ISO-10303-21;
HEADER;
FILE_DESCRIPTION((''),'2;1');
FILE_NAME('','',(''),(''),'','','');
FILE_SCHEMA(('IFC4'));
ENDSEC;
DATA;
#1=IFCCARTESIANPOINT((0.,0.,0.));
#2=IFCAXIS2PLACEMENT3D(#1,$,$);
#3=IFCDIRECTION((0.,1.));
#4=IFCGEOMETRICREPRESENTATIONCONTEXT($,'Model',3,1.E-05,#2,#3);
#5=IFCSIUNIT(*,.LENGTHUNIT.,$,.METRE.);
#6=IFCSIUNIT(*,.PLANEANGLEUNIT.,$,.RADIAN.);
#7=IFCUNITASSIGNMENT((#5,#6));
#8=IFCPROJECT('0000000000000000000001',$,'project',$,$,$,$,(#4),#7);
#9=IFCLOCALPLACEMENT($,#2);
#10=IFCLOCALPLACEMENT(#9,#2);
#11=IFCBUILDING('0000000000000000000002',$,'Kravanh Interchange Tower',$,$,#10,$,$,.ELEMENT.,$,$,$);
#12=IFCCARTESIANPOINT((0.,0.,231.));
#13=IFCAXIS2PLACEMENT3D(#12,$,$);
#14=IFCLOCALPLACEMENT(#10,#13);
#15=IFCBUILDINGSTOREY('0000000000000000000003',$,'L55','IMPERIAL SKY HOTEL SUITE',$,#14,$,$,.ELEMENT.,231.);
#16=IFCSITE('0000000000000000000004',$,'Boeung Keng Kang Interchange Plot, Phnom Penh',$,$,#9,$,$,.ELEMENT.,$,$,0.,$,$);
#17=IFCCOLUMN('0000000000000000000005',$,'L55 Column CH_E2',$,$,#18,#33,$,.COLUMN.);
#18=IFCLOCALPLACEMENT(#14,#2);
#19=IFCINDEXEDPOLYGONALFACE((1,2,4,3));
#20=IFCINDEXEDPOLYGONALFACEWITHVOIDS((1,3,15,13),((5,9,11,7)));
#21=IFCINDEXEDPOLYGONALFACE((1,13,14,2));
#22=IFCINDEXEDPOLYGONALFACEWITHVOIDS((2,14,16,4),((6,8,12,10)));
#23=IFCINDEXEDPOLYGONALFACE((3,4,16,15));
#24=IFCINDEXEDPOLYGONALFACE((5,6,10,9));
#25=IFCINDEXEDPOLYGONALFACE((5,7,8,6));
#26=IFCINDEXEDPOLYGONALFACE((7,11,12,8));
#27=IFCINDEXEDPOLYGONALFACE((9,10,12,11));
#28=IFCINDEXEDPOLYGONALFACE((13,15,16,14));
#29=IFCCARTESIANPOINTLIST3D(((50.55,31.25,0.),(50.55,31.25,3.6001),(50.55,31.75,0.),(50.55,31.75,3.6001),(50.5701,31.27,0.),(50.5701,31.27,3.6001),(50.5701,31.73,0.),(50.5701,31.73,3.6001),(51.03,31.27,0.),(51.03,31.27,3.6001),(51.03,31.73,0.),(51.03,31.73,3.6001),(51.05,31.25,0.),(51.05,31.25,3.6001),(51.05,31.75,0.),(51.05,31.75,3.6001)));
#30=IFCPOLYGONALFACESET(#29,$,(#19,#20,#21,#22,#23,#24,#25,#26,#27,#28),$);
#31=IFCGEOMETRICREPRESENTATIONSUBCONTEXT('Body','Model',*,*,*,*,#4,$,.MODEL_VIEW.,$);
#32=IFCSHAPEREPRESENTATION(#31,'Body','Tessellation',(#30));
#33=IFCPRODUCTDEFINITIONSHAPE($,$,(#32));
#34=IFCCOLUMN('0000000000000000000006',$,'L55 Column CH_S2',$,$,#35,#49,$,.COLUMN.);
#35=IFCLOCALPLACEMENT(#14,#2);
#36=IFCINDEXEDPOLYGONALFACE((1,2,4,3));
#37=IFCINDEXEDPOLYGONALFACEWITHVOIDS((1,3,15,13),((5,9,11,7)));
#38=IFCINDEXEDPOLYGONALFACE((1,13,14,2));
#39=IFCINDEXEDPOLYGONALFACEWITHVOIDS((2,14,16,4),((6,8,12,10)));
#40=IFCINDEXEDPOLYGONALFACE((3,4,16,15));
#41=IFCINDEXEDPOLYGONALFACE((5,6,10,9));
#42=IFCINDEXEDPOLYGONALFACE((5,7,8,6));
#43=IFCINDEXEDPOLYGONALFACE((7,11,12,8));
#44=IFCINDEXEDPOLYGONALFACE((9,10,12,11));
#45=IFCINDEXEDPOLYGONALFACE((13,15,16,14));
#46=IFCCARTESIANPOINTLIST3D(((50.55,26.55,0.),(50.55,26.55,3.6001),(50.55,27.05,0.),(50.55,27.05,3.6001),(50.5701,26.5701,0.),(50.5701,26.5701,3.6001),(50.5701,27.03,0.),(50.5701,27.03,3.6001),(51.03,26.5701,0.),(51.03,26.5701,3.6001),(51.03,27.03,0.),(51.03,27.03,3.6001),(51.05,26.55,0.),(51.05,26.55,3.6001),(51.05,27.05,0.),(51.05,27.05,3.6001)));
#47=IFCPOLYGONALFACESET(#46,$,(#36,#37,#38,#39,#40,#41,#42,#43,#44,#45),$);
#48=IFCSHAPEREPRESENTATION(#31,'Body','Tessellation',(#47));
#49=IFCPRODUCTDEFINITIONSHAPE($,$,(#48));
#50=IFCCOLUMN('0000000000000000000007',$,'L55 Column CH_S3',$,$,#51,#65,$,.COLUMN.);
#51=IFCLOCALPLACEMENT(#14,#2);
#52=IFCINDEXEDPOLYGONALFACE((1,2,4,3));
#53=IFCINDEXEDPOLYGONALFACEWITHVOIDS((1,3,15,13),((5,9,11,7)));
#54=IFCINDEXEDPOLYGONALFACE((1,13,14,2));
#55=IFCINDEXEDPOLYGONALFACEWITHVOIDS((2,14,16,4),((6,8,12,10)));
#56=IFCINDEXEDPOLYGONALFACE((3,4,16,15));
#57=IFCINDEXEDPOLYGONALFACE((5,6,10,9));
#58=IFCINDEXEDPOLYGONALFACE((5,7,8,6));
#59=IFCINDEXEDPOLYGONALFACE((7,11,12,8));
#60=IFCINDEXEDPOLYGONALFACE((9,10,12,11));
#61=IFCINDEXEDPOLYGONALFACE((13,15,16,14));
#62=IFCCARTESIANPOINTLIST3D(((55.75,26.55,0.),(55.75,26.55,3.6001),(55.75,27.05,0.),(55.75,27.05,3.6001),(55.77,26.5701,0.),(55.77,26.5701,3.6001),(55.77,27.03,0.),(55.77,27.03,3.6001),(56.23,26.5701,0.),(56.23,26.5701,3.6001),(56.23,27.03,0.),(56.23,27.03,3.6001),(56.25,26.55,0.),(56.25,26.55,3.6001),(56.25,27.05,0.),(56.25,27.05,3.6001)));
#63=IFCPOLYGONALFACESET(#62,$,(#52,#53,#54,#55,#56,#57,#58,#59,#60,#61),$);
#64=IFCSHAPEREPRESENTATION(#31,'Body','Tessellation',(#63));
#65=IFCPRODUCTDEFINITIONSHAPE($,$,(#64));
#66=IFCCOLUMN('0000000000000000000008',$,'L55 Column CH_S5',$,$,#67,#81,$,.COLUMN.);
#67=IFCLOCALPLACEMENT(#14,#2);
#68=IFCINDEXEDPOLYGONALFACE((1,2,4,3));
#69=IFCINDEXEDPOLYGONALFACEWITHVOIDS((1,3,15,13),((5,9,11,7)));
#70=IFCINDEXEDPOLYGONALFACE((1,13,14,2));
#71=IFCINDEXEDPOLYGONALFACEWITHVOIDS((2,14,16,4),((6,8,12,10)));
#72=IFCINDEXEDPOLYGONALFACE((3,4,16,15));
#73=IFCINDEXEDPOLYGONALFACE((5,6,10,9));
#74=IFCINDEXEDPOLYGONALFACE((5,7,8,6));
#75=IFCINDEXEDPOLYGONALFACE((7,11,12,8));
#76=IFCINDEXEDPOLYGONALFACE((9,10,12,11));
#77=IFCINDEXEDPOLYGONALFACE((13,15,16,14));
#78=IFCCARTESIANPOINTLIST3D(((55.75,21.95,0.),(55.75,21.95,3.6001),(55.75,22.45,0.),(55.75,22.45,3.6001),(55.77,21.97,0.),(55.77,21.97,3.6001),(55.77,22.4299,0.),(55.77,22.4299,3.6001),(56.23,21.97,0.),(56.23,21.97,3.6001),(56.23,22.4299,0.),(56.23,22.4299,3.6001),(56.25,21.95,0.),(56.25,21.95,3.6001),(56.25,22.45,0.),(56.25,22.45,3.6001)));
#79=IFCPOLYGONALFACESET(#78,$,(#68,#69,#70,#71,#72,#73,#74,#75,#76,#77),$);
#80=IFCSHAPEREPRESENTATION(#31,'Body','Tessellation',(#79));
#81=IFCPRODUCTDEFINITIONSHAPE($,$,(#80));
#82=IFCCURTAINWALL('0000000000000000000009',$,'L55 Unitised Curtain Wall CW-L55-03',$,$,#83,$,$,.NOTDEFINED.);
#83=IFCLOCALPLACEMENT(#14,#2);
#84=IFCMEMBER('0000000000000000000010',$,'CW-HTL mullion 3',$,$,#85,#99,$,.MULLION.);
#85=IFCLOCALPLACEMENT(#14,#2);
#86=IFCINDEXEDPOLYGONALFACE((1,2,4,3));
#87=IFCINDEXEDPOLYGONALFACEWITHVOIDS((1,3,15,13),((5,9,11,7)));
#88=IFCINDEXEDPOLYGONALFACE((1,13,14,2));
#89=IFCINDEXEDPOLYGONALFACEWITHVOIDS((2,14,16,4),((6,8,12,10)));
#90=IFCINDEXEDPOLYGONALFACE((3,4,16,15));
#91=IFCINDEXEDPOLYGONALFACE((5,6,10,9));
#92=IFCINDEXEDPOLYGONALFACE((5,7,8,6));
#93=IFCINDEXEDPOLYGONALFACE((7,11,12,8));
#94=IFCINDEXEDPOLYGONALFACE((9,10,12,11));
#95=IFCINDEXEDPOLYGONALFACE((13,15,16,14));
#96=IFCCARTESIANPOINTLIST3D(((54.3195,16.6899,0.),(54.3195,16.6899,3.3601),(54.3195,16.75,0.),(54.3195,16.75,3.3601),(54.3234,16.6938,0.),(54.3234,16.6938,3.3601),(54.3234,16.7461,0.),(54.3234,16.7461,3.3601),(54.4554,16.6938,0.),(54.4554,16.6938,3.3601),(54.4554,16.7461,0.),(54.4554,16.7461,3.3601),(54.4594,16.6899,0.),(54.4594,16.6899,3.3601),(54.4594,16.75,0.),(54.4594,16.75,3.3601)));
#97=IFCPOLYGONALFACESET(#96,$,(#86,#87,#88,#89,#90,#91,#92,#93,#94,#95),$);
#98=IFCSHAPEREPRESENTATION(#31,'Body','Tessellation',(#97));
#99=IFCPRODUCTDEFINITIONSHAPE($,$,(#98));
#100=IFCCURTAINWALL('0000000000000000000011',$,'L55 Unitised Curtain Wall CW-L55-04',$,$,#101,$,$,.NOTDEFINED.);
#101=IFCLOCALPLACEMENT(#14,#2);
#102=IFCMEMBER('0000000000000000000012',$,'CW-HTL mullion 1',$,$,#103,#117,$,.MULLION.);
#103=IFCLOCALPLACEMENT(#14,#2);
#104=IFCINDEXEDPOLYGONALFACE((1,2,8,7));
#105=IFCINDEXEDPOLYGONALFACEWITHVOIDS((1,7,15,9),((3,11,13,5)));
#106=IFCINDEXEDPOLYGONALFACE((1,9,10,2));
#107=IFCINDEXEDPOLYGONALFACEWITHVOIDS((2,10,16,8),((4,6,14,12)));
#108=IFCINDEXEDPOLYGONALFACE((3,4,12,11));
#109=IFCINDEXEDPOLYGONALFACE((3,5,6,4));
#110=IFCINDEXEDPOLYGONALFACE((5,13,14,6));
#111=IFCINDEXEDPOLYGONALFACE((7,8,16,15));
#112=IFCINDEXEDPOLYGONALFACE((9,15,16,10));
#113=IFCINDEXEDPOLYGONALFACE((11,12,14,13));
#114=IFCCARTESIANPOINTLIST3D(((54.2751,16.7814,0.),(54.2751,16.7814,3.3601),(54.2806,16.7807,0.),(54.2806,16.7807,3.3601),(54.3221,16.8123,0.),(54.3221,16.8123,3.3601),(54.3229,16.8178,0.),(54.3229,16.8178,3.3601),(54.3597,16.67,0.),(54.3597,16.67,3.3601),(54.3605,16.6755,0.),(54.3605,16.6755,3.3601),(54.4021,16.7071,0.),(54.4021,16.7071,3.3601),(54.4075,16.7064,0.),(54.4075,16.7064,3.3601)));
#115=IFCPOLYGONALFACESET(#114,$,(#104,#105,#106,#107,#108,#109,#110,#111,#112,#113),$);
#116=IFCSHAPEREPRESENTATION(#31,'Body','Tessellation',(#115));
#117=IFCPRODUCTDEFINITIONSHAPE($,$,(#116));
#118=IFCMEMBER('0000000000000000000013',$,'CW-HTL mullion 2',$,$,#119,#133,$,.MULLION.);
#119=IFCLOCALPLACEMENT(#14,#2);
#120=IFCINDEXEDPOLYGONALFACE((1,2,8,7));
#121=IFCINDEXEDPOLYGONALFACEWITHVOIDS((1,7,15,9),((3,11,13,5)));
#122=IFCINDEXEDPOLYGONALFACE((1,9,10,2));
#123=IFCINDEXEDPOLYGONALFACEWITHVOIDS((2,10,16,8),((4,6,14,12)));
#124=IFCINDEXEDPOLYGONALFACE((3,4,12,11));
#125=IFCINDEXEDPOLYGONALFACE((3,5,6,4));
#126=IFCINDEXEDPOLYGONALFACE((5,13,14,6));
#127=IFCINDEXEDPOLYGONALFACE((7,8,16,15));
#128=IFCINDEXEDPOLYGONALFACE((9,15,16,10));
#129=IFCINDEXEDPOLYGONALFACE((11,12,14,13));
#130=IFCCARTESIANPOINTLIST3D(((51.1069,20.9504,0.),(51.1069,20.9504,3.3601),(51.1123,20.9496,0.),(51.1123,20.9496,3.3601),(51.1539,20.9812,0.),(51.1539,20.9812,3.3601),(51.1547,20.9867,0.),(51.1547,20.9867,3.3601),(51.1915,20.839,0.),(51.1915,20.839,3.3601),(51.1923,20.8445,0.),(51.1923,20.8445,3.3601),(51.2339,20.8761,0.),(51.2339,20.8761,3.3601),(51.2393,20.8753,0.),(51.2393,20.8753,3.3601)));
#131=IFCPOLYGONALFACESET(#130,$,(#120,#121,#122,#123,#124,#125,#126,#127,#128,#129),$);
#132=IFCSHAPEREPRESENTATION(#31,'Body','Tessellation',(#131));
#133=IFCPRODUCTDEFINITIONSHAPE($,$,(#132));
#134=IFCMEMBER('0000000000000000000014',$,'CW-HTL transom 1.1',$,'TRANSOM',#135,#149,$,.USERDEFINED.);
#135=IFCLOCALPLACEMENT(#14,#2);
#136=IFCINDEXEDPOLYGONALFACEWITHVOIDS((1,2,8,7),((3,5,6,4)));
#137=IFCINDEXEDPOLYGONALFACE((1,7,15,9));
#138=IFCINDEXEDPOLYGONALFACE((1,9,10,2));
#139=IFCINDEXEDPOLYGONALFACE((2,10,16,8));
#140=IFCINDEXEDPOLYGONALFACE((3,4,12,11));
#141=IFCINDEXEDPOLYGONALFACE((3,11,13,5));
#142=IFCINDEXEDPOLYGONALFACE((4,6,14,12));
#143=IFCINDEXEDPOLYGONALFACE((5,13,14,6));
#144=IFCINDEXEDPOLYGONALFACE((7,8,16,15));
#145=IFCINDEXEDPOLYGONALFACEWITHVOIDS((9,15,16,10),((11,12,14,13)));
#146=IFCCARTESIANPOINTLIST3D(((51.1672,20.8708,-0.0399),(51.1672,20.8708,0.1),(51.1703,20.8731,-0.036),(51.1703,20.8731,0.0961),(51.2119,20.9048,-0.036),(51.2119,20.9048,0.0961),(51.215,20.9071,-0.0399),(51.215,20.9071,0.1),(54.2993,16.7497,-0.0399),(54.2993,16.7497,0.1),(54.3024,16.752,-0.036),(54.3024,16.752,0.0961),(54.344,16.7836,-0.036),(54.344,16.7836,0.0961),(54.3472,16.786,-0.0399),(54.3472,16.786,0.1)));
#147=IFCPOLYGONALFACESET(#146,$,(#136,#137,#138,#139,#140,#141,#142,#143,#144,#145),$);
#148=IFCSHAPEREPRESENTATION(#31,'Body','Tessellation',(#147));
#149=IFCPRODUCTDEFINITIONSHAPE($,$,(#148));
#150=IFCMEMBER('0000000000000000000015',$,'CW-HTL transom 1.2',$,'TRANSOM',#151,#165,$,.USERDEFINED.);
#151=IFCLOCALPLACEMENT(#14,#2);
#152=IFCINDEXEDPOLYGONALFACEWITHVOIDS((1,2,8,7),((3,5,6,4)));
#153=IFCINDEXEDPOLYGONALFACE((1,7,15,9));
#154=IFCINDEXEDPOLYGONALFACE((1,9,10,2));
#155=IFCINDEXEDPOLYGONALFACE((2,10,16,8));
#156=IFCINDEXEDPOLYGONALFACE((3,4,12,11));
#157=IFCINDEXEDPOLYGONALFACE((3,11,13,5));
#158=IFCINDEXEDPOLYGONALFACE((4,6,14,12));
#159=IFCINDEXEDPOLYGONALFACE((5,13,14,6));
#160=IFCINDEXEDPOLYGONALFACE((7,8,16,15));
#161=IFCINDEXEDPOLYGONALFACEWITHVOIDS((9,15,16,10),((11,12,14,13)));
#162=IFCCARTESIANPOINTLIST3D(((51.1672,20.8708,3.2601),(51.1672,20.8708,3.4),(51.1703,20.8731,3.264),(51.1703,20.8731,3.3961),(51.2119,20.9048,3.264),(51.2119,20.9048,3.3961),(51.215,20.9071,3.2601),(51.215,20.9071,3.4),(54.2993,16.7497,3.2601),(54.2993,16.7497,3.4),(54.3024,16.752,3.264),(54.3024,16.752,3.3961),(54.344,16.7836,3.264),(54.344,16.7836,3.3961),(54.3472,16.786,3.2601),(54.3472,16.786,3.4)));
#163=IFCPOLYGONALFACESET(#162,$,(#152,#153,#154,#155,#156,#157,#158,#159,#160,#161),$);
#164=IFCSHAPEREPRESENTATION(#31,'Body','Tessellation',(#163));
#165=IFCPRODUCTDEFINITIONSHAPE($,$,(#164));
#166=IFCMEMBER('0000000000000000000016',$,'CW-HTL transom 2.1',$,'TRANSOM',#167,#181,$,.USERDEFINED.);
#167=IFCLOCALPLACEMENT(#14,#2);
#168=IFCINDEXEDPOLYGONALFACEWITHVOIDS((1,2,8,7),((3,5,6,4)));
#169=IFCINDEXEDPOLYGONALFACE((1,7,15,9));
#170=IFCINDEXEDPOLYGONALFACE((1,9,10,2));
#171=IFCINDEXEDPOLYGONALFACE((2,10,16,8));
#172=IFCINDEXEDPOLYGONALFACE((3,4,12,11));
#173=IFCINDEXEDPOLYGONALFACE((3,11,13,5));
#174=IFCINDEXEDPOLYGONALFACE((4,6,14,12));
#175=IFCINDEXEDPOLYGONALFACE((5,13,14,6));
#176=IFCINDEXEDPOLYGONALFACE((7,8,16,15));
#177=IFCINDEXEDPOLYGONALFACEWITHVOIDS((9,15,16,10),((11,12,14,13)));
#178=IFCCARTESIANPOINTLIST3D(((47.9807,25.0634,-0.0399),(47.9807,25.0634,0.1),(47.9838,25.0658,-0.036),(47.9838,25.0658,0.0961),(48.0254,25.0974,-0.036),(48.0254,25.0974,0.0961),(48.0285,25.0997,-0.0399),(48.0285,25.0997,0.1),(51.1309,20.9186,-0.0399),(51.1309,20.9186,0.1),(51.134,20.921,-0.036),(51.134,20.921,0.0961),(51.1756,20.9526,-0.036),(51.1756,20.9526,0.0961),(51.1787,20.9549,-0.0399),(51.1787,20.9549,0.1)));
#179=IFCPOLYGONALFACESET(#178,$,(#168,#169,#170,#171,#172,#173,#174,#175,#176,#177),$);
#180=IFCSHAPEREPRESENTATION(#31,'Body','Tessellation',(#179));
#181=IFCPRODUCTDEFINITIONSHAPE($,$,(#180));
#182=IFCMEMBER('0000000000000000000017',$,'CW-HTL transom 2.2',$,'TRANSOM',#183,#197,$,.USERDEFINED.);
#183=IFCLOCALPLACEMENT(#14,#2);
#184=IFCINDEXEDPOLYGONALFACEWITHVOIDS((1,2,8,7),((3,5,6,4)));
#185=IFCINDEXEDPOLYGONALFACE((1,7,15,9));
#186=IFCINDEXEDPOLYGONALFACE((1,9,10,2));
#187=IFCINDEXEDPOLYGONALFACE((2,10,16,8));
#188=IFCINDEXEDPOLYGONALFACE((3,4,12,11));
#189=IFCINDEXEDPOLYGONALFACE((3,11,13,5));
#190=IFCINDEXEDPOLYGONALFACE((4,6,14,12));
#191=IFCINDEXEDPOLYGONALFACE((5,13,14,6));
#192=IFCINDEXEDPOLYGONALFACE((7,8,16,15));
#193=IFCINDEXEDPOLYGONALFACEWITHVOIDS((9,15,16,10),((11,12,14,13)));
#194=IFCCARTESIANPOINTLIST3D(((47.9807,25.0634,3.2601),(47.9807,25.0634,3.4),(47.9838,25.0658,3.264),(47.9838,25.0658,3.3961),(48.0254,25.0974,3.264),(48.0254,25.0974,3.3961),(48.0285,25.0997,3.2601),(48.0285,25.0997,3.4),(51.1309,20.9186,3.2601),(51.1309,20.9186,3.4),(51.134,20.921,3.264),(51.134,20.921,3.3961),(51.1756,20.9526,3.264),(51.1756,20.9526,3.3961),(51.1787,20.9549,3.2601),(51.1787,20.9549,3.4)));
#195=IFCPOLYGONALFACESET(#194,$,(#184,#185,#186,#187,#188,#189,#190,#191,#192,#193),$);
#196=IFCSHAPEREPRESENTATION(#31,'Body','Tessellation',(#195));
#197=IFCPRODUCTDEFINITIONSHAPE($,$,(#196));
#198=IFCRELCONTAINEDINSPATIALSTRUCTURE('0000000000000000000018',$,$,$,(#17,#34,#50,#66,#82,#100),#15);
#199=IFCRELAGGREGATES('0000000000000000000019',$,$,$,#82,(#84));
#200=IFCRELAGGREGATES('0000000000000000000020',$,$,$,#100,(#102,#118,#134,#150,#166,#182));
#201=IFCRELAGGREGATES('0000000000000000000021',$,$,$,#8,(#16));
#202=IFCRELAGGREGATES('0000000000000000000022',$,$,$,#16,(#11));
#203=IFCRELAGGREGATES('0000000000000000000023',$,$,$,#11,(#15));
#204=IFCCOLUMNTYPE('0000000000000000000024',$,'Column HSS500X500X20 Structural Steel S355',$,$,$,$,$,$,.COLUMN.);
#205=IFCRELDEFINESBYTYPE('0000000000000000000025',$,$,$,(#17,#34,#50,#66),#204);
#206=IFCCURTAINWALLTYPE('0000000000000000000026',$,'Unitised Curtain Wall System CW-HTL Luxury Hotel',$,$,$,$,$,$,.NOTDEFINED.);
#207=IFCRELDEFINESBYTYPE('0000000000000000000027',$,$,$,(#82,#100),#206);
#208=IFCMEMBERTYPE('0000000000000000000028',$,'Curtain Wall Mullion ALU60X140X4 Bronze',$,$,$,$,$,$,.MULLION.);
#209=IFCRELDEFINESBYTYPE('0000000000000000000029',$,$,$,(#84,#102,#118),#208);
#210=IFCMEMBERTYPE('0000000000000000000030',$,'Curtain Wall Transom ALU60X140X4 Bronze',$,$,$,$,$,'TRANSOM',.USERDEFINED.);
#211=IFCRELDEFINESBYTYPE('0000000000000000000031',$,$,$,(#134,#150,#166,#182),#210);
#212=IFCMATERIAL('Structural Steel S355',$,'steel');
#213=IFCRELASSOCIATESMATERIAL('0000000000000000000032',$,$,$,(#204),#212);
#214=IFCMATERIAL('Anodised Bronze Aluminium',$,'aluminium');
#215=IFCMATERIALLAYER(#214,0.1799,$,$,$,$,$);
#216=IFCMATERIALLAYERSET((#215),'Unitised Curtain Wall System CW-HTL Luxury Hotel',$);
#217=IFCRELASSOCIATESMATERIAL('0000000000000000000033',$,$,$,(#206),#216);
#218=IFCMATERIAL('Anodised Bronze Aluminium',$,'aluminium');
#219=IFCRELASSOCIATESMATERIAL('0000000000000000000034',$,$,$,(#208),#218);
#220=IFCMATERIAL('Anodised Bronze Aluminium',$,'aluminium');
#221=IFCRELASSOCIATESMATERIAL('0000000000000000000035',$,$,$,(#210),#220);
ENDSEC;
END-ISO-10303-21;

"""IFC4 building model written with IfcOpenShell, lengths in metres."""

from ifc_helpers import new_model, si_unit, direction, frame, origin, origin_2d, place, context, subcontext, project, spatial, hollow_rectangle, extrude, material, layer, layer_set, material_profile, profile_set, type_object, element, aggregate, save


model = new_model("IFC4")

# Units and contexts
model_context = context("Model", 3, precision=1e-05, world=origin(), true_north=direction((0.0, 1.0)))
body_context = subcontext(model_context, "Body", "Model", "MODEL_VIEW")
ifc_project = project(units=[si_unit("LENGTHUNIT", "METRE"), si_unit("PLANEANGLEUNIT", "RADIAN")], contexts=[model_context])

# Site, building, storey
site_placement = place(None, origin())
site = spatial("IfcSite", under=ifc_project, at=site_placement, Name="Boeung Keng Kang Interchange Plot, Phnom Penh", CompositionType="ELEMENT", RefElevation=0.0)
building_placement = place(site_placement, origin())
building = spatial("IfcBuilding", under=site, at=building_placement, Name="Kravanh Interchange Tower", CompositionType="ELEMENT")
storey_placement = place(building_placement, frame((0.0, 0.0, 231.0)))
storey = spatial("IfcBuildingStorey", under=building, at=storey_placement, Name="L55", Description="IMPERIAL SKY HOTEL SUITE", CompositionType="ELEMENT", Elevation=231.0)

# Columns
ifc_material_1 = material(Name="Structural Steel S355", Category="steel")
ifc_material_profile_1 = material_profile(ifc_material_1, hollow_rectangle(XDim=0.5, YDim=0.5, WallThickness=0.02, at=origin_2d()), Name="HSS500X500X20")
ifc_profile_set_1 = profile_set([ifc_material_profile_1], Name="Structural Steel S355")
column_type = type_object("IfcColumnType", Name="Column HSS500X500X20 Structural Steel S355", PredefinedType="COLUMN", material=ifc_profile_set_1)
for number, where, z_axis, x_axis, name in (
    (1, (50.8, 31.5, 0.0), (0.0, 0.0, 1.0), (1.0, 0.0, 0.0), "L55 Column CH_E2"),
    (2, (50.8, 26.8, 0.0), (0.0, 0.0, 1.0), (1.0, 0.0, 0.0), "L55 Column CH_S2"),
    (3, (56.0, 26.8, 0.0), (0.0, 0.0, 1.0), (1.0, 0.0, 0.0), "L55 Column CH_S3"),
    (4, (56.0, 22.2, 0.0), (0.0, 0.0, 1.0), (1.0, 0.0, 0.0), "L55 Column CH_S5"),
):
    element("IfcColumn", number, at=place(storey_placement, frame(where, z_axis=z_axis, x_axis=x_axis)), inside=storey, type_object=column_type, Name=name, PredefinedType="COLUMN", context=body_context, shape_type="SweptSolid", body=[
        extrude(hollow_rectangle(XDim=0.5, YDim=0.5, WallThickness=0.02, at=origin_2d()), origin(), (0.0, 0.0, 1.0), 3.6001),
    ])

# Curtain wall, member
ifc_material_2 = material(Name="Anodised Bronze Aluminium", Category="aluminium")
ifc_layer_1 = layer(ifc_material_2, 0.1799)
ifc_layer_set_1 = layer_set([ifc_layer_1], Name="Unitised Curtain Wall System CW-HTL Luxury Hotel")
curtain_wall_type = type_object("IfcCurtainWallType", Name="Unitised Curtain Wall System CW-HTL Luxury Hotel", PredefinedType="NOTDEFINED", material=ifc_layer_set_1)
curtain_wall_1_placement = place(storey_placement, origin())
curtain_wall_1 = element("IfcCurtainWall", 5, at=curtain_wall_1_placement, inside=storey, type_object=curtain_wall_type, Name="L55 Unitised Curtain Wall CW-L55-03", PredefinedType="NOTDEFINED")
ifc_material_3 = material(Name="Anodised Bronze Aluminium", Category="aluminium")
ifc_material_profile_2 = material_profile(ifc_material_3, hollow_rectangle(XDim=0.0601, YDim=0.1399, WallThickness=0.0039, at=origin_2d()), Name="ALU60X140X4")
ifc_profile_set_2 = profile_set([ifc_material_profile_2], Name="Anodised Bronze Aluminium")
member_type_1 = type_object("IfcMemberType", Name="Curtain Wall Mullion ALU60X140X4 Bronze", PredefinedType="MULLION", material=ifc_profile_set_2)
member_1_placement = place(storey_placement, frame((54.3894, 16.72, 0.0), z_axis=(0.0, 0.0, 1.0), x_axis=(0.0, -1.0, 0.0)))
member_1 = element("IfcMember", 6, at=member_1_placement, type_object=member_type_1, Name="CW-HTL mullion 3", PredefinedType="MULLION", context=body_context, shape_type="SweptSolid", body=[
    extrude(hollow_rectangle(XDim=0.0601, YDim=0.1399, WallThickness=0.0039, at=origin_2d()), origin(), (0.0, 0.0, 1.0), 3.3601),
])

# Curtain wall, members
curtain_wall_2_placement = place(storey_placement, origin())
curtain_wall_2 = element("IfcCurtainWall", 7, at=curtain_wall_2_placement, inside=storey, type_object=curtain_wall_type, Name="L55 Unitised Curtain Wall CW-L55-04", PredefinedType="NOTDEFINED")
member_2_placement = place(storey_placement, frame((54.3413, 16.7439, 0.0), z_axis=(0.0, 0.0, 1.0), x_axis=(-0.796162, -0.605083, 0.0)))
member_2 = element("IfcMember", 8, at=member_2_placement, type_object=member_type_1, Name="CW-HTL mullion 1", PredefinedType="MULLION", context=body_context, shape_type="SweptSolid", body=[
    extrude(hollow_rectangle(XDim=0.0601, YDim=0.1399, WallThickness=0.0039, at=origin_2d()), origin(), (0.0, 0.0, 1.0), 3.3601),
])
member_3_placement = place(storey_placement, frame((51.1731, 20.9128, 0.0), z_axis=(0.0, 0.0, 1.0), x_axis=(-0.796162, -0.605083, 0.0)))
member_3 = element("IfcMember", 9, at=member_3_placement, type_object=member_type_1, Name="CW-HTL mullion 2", PredefinedType="MULLION", context=body_context, shape_type="SweptSolid", body=[
    extrude(hollow_rectangle(XDim=0.0601, YDim=0.1399, WallThickness=0.0039, at=origin_2d()), origin(), (0.0, 0.0, 1.0), 3.3601),
])
ifc_material_4 = material(Name="Anodised Bronze Aluminium", Category="aluminium")
ifc_material_profile_3 = material_profile(ifc_material_4, hollow_rectangle(XDim=0.0601, YDim=0.1399, WallThickness=0.0039, at=origin_2d()), Name="ALU60X140X4")
ifc_profile_set_3 = profile_set([ifc_material_profile_3], Name="Anodised Bronze Aluminium")
member_type_2 = type_object("IfcMemberType", Name="Curtain Wall Transom ALU60X140X4 Bronze", ElementType="TRANSOM", PredefinedType="USERDEFINED", material=ifc_profile_set_3)
member_4_placement = place(storey_placement, frame((54.3232, 16.7678, 0.03), z_axis=(-0.605089, 0.796158, 0.0), x_axis=(-0.796158, -0.605089, 0.0)))
member_4 = element("IfcMember", 10, at=member_4_placement, type_object=member_type_2, Name="CW-HTL transom 1.1", ObjectType="TRANSOM", PredefinedType="USERDEFINED", context=body_context, shape_type="SweptSolid", body=[
    extrude(hollow_rectangle(XDim=0.0601, YDim=0.1399, WallThickness=0.0039, at=origin_2d()), origin(), (0.0, 0.0, 1.0), 5.1763),
])
member_5_placement = place(storey_placement, frame((54.3232, 16.7678, 3.3301), z_axis=(-0.605089, 0.796158, 0.0), x_axis=(-0.796158, -0.605089, 0.0)))
member_5 = element("IfcMember", 11, at=member_5_placement, type_object=member_type_2, Name="CW-HTL transom 1.2", ObjectType="TRANSOM", PredefinedType="USERDEFINED", context=body_context, shape_type="SweptSolid", body=[
    extrude(hollow_rectangle(XDim=0.0601, YDim=0.1399, WallThickness=0.0039, at=origin_2d()), origin(), (0.0, 0.0, 1.0), 5.1763),
])
member_6_placement = place(storey_placement, frame((51.1548, 20.9368, 0.03), z_axis=(-0.605098, 0.796151, 0.0), x_axis=(-0.796151, -0.605098, 0.0)))
member_6 = element("IfcMember", 12, at=member_6_placement, type_object=member_type_2, Name="CW-HTL transom 2.1", ObjectType="TRANSOM", PredefinedType="USERDEFINED", context=body_context, shape_type="SweptSolid", body=[
    extrude(hollow_rectangle(XDim=0.0601, YDim=0.1399, WallThickness=0.0039, at=origin_2d()), origin(), (0.0, 0.0, 1.0), 5.2061),
])
member_7_placement = place(storey_placement, frame((51.1548, 20.9368, 3.3301), z_axis=(-0.605098, 0.796151, 0.0), x_axis=(-0.796151, -0.605098, 0.0)))
member_7 = element("IfcMember", 13, at=member_7_placement, type_object=member_type_2, Name="CW-HTL transom 2.2", ObjectType="TRANSOM", PredefinedType="USERDEFINED", context=body_context, shape_type="SweptSolid", body=[
    extrude(hollow_rectangle(XDim=0.0601, YDim=0.1399, WallThickness=0.0039, at=origin_2d()), origin(), (0.0, 0.0, 1.0), 5.2061),
])

aggregate(curtain_wall_1, [member_1])
aggregate(curtain_wall_2, [member_2, member_3, member_4, member_5, member_6, member_7])

save(model, "model.ifc")
